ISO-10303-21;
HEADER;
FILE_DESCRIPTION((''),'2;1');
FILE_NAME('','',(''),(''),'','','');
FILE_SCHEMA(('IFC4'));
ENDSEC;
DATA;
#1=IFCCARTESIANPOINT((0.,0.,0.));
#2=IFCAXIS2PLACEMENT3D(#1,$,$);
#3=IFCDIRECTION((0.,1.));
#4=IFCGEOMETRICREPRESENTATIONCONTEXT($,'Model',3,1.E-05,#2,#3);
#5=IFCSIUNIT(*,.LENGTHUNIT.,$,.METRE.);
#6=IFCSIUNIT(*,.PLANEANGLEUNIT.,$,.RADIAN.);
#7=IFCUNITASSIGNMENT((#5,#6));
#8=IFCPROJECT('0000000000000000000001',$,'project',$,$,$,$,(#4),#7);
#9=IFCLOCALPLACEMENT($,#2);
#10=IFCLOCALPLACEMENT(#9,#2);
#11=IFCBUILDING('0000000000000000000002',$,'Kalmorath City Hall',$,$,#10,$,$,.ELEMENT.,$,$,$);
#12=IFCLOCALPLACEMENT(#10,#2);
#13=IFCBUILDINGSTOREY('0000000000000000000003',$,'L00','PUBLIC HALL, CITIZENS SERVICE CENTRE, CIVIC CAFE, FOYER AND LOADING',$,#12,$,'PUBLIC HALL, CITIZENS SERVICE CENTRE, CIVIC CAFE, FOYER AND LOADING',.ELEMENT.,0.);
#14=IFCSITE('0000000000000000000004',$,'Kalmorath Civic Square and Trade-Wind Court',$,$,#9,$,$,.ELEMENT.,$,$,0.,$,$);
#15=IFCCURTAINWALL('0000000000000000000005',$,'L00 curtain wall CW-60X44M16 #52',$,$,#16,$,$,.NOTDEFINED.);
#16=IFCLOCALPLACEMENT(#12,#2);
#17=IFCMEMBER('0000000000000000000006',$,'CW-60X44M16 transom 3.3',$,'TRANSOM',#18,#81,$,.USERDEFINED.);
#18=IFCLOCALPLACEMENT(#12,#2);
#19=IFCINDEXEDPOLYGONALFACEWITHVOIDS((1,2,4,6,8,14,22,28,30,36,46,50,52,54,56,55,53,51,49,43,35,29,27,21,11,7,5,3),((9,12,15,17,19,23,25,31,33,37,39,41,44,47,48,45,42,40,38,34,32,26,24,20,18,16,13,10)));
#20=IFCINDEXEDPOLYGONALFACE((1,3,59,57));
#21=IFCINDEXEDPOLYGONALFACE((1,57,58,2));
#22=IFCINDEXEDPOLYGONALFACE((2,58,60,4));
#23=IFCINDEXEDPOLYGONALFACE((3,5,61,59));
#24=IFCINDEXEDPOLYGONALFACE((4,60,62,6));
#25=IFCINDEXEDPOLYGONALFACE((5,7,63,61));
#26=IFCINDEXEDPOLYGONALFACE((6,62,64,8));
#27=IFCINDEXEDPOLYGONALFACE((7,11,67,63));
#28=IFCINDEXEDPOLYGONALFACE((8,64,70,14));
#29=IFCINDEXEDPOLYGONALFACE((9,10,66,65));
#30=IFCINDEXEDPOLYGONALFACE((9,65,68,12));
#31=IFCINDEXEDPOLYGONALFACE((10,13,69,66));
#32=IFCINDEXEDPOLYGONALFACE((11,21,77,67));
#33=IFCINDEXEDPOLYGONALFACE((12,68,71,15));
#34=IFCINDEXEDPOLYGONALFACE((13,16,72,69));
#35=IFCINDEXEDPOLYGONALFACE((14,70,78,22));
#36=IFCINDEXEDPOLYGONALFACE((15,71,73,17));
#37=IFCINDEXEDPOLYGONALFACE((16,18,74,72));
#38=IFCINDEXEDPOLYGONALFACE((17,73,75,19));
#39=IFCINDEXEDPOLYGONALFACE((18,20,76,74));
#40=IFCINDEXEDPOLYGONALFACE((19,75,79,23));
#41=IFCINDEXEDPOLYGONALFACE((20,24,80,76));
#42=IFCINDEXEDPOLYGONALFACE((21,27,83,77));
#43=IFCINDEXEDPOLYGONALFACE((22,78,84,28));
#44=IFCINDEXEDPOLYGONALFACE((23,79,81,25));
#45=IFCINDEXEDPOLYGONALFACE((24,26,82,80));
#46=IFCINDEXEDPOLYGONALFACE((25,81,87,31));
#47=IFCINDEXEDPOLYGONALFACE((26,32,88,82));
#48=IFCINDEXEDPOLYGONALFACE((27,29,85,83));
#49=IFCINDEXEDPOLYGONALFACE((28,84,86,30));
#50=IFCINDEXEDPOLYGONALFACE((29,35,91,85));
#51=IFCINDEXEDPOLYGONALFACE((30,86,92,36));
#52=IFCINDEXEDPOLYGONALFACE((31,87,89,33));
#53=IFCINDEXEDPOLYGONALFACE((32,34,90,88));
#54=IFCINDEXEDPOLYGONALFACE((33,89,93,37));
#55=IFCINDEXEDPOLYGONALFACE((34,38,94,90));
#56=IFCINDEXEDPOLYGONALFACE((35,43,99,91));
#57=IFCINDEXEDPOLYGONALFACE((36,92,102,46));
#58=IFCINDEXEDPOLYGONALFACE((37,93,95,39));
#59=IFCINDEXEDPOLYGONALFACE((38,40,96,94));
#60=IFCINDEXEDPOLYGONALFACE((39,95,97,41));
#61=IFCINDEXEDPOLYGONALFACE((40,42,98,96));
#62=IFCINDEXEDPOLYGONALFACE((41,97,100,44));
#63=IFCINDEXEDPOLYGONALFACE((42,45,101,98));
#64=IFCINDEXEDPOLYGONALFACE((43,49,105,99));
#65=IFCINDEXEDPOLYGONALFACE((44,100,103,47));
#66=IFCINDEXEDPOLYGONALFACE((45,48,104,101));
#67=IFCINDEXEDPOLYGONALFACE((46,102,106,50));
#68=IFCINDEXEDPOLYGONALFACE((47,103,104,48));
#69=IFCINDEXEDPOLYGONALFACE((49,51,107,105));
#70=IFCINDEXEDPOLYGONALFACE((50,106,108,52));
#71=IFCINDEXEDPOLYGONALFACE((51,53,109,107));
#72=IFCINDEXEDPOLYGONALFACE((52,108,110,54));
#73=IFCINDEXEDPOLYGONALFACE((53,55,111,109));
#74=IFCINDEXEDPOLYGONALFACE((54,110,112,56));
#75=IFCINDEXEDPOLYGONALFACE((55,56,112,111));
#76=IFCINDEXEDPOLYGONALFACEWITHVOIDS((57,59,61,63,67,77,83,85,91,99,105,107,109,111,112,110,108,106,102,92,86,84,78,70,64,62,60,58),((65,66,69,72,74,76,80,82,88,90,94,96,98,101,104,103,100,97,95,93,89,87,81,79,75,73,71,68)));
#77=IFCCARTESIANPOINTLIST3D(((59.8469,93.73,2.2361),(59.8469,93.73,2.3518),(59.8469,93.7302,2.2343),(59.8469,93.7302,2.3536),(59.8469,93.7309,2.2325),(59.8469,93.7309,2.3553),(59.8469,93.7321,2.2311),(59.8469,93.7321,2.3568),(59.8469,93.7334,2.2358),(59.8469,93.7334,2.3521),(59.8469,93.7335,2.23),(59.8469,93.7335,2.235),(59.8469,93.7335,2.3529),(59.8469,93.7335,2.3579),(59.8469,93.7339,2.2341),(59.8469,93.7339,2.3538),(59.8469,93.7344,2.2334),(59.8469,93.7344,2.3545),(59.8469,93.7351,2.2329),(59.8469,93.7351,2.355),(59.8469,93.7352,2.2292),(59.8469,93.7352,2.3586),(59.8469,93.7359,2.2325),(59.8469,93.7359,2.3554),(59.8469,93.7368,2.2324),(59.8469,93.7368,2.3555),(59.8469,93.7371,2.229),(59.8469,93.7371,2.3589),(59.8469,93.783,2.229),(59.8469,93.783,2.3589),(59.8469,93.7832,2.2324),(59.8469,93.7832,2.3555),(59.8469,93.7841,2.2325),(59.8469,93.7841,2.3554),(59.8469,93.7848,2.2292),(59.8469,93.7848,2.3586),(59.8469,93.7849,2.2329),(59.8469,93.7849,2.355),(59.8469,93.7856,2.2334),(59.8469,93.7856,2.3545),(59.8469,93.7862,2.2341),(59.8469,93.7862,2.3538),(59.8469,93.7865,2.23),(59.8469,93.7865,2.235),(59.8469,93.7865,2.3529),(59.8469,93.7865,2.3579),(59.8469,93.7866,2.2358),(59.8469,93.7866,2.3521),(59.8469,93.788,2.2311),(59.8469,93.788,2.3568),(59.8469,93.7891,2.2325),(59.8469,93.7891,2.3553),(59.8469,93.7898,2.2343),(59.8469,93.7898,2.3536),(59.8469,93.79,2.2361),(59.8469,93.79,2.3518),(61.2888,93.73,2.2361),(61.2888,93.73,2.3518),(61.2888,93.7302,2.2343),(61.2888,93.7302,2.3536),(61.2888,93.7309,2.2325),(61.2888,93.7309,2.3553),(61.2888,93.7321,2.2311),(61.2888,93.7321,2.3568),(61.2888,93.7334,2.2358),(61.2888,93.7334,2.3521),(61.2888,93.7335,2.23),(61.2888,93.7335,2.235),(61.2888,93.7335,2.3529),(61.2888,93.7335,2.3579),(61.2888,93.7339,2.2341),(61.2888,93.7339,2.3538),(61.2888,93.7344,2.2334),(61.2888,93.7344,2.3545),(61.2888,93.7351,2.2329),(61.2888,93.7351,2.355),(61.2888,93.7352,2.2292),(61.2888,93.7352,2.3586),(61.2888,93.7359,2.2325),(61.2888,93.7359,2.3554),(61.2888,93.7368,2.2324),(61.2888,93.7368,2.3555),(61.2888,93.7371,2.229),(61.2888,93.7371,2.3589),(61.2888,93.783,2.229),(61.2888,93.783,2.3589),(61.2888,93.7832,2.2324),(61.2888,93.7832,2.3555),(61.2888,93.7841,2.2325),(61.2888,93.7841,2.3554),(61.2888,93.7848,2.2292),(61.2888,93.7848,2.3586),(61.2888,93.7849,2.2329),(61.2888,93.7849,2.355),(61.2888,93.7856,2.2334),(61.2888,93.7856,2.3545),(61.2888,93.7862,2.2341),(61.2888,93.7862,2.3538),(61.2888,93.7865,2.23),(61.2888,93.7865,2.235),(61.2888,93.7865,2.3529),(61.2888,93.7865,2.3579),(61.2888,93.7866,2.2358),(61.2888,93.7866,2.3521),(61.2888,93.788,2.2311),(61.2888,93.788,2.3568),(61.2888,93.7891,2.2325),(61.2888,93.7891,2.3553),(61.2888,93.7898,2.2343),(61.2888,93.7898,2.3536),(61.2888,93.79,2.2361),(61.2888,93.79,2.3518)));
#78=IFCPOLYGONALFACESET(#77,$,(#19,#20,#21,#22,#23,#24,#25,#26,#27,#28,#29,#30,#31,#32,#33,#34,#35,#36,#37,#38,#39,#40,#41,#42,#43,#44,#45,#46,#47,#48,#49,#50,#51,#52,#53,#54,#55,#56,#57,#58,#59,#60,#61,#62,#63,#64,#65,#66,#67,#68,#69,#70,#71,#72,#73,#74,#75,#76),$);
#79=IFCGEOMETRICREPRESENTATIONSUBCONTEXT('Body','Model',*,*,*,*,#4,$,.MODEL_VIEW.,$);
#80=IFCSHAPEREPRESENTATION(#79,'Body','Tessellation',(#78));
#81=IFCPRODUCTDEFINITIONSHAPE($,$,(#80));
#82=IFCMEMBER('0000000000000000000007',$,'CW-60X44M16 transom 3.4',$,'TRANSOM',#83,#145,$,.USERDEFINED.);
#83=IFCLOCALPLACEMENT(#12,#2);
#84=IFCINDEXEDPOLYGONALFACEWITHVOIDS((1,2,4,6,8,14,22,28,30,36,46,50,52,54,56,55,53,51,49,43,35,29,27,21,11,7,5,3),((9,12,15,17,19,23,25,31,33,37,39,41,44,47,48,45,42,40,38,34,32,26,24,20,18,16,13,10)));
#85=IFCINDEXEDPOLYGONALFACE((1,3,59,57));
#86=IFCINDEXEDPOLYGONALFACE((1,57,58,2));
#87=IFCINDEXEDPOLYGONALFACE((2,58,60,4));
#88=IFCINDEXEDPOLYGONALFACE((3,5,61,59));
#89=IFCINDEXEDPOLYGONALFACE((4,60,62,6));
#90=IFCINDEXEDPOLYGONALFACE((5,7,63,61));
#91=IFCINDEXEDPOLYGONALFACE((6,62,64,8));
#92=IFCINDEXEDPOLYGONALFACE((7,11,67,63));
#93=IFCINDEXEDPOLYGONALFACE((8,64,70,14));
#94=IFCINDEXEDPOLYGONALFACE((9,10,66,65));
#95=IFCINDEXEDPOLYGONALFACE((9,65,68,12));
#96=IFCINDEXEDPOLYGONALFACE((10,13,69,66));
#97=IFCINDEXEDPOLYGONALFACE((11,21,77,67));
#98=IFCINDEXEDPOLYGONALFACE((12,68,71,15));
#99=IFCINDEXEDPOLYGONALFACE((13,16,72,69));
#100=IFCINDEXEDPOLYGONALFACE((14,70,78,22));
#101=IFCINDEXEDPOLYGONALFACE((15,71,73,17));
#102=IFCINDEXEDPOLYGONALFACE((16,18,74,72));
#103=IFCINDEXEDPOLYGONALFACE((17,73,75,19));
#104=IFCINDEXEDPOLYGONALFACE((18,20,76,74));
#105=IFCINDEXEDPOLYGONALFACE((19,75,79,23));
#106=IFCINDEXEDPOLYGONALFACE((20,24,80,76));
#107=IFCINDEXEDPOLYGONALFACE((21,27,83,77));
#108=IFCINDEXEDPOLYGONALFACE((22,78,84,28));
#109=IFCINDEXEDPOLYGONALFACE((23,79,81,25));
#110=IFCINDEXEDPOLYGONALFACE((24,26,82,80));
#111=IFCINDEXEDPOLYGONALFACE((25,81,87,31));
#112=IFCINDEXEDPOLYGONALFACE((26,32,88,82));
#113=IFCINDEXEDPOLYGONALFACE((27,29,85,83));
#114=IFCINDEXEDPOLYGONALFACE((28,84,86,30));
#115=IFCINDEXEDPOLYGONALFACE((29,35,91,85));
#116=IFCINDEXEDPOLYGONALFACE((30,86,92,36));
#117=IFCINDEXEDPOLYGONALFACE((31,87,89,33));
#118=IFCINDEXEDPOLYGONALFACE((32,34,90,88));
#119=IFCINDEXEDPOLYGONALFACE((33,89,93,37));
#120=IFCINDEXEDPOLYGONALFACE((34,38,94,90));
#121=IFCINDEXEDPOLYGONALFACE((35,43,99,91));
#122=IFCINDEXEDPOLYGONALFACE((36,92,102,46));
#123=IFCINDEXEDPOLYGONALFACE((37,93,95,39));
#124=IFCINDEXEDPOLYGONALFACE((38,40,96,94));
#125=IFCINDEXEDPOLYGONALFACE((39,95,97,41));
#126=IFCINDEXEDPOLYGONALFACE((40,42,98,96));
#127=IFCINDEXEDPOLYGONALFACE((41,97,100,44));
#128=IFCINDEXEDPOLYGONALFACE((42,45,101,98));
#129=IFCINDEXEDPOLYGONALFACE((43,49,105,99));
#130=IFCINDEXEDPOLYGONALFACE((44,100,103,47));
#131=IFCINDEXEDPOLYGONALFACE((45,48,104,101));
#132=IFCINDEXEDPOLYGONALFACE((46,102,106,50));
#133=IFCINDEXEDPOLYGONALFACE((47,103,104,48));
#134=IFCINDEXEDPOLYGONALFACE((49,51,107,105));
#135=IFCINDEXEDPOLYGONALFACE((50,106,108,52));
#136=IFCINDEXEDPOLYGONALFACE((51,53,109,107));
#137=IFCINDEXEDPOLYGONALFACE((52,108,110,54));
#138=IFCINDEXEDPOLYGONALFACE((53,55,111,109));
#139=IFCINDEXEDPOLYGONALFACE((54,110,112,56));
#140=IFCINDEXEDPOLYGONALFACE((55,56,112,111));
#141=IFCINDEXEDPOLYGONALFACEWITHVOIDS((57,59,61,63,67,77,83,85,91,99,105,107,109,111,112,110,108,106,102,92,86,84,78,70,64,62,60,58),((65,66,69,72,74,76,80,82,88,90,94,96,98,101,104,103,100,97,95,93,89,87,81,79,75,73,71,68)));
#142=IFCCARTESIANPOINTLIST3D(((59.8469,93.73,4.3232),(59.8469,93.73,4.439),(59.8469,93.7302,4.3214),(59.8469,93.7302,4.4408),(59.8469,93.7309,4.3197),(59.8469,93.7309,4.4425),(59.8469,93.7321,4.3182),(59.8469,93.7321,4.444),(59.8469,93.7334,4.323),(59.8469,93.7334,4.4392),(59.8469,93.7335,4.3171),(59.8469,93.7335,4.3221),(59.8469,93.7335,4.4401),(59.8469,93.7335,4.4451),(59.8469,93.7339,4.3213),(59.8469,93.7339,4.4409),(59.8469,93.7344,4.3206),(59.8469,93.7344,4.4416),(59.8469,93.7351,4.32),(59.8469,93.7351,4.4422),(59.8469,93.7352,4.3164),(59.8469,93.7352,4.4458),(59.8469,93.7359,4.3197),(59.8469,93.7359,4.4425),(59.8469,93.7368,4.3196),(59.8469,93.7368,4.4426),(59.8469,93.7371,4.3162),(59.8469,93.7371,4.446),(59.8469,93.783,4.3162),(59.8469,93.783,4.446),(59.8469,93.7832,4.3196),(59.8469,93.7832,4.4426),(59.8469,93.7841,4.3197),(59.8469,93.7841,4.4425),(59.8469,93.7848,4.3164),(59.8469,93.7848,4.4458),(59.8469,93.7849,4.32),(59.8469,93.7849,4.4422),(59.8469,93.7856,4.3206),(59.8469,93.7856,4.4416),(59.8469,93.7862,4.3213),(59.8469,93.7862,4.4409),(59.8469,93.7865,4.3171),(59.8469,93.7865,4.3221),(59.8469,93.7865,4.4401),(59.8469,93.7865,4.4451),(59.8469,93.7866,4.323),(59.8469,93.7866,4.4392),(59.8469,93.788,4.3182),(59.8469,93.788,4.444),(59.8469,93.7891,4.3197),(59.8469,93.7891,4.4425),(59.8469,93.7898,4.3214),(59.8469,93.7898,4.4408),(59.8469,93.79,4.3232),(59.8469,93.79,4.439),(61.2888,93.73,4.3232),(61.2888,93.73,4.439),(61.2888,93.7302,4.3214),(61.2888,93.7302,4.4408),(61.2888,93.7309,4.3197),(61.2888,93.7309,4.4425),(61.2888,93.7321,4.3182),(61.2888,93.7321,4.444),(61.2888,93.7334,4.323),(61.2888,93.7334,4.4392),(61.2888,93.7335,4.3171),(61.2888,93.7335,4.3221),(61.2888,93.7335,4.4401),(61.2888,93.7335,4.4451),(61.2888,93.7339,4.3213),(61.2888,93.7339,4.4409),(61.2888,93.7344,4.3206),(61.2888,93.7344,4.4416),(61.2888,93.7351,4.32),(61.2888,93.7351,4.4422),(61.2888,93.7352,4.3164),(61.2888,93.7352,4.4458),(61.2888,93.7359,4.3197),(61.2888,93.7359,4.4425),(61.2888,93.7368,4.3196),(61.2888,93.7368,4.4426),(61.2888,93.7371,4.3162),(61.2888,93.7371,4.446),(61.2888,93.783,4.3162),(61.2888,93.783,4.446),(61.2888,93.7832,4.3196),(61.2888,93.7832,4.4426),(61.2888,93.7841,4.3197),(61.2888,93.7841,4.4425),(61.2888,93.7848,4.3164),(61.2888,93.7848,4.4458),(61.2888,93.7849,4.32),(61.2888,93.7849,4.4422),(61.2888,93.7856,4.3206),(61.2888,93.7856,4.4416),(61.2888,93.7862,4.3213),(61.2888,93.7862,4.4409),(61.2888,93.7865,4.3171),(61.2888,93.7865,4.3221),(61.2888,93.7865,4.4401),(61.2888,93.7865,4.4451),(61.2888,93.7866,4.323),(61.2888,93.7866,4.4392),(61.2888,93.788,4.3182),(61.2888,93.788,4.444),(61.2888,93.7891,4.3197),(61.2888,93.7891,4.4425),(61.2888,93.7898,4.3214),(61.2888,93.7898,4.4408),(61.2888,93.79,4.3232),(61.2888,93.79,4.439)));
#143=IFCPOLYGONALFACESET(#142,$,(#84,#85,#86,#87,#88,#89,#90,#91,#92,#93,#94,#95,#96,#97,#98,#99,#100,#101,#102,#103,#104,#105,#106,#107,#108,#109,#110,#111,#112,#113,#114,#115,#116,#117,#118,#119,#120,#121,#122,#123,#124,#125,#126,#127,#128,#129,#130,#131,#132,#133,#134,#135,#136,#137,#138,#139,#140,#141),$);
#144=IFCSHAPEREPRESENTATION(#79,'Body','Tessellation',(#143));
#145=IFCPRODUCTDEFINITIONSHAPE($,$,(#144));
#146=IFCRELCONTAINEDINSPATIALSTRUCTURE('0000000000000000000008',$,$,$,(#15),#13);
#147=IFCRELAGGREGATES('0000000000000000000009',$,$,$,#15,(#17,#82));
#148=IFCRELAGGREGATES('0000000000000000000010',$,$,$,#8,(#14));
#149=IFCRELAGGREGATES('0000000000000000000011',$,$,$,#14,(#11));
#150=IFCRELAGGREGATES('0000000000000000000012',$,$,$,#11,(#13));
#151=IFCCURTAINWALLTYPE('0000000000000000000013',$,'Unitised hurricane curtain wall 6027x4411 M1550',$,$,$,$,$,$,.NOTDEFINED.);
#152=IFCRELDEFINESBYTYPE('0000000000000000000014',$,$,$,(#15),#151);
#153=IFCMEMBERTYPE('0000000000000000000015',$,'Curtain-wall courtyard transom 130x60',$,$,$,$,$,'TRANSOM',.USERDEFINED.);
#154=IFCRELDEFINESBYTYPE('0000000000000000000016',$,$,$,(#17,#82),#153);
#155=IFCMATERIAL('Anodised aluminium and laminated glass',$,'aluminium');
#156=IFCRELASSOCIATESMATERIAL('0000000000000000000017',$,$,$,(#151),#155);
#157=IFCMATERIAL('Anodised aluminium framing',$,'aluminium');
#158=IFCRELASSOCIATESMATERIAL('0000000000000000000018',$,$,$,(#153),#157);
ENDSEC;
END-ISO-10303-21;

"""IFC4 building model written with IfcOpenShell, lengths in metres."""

from ifc_helpers import new_model, si_unit, direction, frame, origin, origin_2d, place, context, subcontext, project, spatial, hollow_rectangle, extrude, material, material_profile, profile_set, type_object, element, aggregate, save


model = new_model("IFC4")

# Units and contexts
model_context = context("Model", 3, precision=1e-05, world=origin(), true_north=direction((0.0, 1.0)))
body_context = subcontext(model_context, "Body", "Model", "MODEL_VIEW")
ifc_project = project(units=[si_unit("LENGTHUNIT", "METRE"), si_unit("PLANEANGLEUNIT", "RADIAN")], contexts=[model_context])

# Site, building, storey
site_placement = place(None, origin())
site = spatial("IfcSite", under=ifc_project, at=site_placement, Name="Kalmorath Civic Square and Trade-Wind Court", CompositionType="ELEMENT", RefElevation=0.0)
building_placement = place(site_placement, origin())
building = spatial("IfcBuilding", under=site, at=building_placement, Name="Kalmorath City Hall", CompositionType="ELEMENT")
storey_placement = place(building_placement, origin())
storey = spatial("IfcBuildingStorey", under=building, at=storey_placement, Name="L00", Description="PUBLIC HALL, CITIZENS SERVICE CENTRE, CIVIC CAFE, FOYER AND LOADING", LongName="PUBLIC HALL, CITIZENS SERVICE CENTRE, CIVIC CAFE, FOYER AND LOADING", CompositionType="ELEMENT", Elevation=0.0)

# Curtain wall
ifc_material_1 = material(Name="Anodised aluminium and laminated glass", Category="aluminium")
curtain_wall_type_1 = type_object("IfcCurtainWallType", Name="Unitised hurricane curtain wall 6027x4411 M1550", PredefinedType="NOTDEFINED", material=ifc_material_1)
curtain_wall_1_placement = place(storey_placement, origin())
curtain_wall_1 = element("IfcCurtainWall", 1, at=curtain_wall_1_placement, inside=storey, type_object=curtain_wall_type_1, Name="L00 curtain wall CW-60X44M16 #52", PredefinedType="NOTDEFINED")

# Members
ifc_material_2 = material(Name="Anodised aluminium framing", Category="aluminium")
ifc_material_profile_1 = material_profile(ifc_material_2, hollow_rectangle(XDim=0.0601, YDim=0.1299, WallThickness=0.0034, InnerFilletRadius=0.0034, OuterFilletRadius=0.0071, at=origin_2d()), Name="ALU-TRN-130X60X3.5")
ifc_profile_set_1 = profile_set([ifc_material_profile_1], Name="Anodised aluminium framing")
member_type_1 = type_object("IfcMemberType", Name="Curtain-wall courtyard transom 130x60", ElementType="TRANSOM", PredefinedType="USERDEFINED", material=ifc_profile_set_1)
member_1_placement = place(storey_placement, frame((61.2888, 93.76, 2.2939), z_axis=(-1.0, 0.0, 0.0), x_axis=(0.0, -1.0, 0.0)))
member_1 = element("IfcMember", 2, at=member_1_placement, type_object=member_type_1, Name="CW-60X44M16 transom 3.3", ObjectType="TRANSOM", PredefinedType="USERDEFINED", context=body_context, shape_type="SweptSolid", body=[
    extrude(hollow_rectangle(XDim=0.0601, YDim=0.1299, WallThickness=0.0034, InnerFilletRadius=0.0034, OuterFilletRadius=0.0071, at=origin_2d()), origin(), (0.0, 0.0, 1.0), 1.4419),
])
member_2_placement = place(storey_placement, frame((61.2888, 93.76, 4.3811), z_axis=(-1.0, 0.0, 0.0), x_axis=(0.0, -1.0, 0.0)))
member_2 = element("IfcMember", 3, at=member_2_placement, type_object=member_type_1, Name="CW-60X44M16 transom 3.4", ObjectType="TRANSOM", PredefinedType="USERDEFINED", context=body_context, shape_type="SweptSolid", body=[
    extrude(hollow_rectangle(XDim=0.0601, YDim=0.1299, WallThickness=0.0034, InnerFilletRadius=0.0034, OuterFilletRadius=0.0071, at=origin_2d()), origin(), (0.0, 0.0, 1.0), 1.4419),
])

aggregate(curtain_wall_1, [member_1, member_2])

save(model, "model.ifc")
